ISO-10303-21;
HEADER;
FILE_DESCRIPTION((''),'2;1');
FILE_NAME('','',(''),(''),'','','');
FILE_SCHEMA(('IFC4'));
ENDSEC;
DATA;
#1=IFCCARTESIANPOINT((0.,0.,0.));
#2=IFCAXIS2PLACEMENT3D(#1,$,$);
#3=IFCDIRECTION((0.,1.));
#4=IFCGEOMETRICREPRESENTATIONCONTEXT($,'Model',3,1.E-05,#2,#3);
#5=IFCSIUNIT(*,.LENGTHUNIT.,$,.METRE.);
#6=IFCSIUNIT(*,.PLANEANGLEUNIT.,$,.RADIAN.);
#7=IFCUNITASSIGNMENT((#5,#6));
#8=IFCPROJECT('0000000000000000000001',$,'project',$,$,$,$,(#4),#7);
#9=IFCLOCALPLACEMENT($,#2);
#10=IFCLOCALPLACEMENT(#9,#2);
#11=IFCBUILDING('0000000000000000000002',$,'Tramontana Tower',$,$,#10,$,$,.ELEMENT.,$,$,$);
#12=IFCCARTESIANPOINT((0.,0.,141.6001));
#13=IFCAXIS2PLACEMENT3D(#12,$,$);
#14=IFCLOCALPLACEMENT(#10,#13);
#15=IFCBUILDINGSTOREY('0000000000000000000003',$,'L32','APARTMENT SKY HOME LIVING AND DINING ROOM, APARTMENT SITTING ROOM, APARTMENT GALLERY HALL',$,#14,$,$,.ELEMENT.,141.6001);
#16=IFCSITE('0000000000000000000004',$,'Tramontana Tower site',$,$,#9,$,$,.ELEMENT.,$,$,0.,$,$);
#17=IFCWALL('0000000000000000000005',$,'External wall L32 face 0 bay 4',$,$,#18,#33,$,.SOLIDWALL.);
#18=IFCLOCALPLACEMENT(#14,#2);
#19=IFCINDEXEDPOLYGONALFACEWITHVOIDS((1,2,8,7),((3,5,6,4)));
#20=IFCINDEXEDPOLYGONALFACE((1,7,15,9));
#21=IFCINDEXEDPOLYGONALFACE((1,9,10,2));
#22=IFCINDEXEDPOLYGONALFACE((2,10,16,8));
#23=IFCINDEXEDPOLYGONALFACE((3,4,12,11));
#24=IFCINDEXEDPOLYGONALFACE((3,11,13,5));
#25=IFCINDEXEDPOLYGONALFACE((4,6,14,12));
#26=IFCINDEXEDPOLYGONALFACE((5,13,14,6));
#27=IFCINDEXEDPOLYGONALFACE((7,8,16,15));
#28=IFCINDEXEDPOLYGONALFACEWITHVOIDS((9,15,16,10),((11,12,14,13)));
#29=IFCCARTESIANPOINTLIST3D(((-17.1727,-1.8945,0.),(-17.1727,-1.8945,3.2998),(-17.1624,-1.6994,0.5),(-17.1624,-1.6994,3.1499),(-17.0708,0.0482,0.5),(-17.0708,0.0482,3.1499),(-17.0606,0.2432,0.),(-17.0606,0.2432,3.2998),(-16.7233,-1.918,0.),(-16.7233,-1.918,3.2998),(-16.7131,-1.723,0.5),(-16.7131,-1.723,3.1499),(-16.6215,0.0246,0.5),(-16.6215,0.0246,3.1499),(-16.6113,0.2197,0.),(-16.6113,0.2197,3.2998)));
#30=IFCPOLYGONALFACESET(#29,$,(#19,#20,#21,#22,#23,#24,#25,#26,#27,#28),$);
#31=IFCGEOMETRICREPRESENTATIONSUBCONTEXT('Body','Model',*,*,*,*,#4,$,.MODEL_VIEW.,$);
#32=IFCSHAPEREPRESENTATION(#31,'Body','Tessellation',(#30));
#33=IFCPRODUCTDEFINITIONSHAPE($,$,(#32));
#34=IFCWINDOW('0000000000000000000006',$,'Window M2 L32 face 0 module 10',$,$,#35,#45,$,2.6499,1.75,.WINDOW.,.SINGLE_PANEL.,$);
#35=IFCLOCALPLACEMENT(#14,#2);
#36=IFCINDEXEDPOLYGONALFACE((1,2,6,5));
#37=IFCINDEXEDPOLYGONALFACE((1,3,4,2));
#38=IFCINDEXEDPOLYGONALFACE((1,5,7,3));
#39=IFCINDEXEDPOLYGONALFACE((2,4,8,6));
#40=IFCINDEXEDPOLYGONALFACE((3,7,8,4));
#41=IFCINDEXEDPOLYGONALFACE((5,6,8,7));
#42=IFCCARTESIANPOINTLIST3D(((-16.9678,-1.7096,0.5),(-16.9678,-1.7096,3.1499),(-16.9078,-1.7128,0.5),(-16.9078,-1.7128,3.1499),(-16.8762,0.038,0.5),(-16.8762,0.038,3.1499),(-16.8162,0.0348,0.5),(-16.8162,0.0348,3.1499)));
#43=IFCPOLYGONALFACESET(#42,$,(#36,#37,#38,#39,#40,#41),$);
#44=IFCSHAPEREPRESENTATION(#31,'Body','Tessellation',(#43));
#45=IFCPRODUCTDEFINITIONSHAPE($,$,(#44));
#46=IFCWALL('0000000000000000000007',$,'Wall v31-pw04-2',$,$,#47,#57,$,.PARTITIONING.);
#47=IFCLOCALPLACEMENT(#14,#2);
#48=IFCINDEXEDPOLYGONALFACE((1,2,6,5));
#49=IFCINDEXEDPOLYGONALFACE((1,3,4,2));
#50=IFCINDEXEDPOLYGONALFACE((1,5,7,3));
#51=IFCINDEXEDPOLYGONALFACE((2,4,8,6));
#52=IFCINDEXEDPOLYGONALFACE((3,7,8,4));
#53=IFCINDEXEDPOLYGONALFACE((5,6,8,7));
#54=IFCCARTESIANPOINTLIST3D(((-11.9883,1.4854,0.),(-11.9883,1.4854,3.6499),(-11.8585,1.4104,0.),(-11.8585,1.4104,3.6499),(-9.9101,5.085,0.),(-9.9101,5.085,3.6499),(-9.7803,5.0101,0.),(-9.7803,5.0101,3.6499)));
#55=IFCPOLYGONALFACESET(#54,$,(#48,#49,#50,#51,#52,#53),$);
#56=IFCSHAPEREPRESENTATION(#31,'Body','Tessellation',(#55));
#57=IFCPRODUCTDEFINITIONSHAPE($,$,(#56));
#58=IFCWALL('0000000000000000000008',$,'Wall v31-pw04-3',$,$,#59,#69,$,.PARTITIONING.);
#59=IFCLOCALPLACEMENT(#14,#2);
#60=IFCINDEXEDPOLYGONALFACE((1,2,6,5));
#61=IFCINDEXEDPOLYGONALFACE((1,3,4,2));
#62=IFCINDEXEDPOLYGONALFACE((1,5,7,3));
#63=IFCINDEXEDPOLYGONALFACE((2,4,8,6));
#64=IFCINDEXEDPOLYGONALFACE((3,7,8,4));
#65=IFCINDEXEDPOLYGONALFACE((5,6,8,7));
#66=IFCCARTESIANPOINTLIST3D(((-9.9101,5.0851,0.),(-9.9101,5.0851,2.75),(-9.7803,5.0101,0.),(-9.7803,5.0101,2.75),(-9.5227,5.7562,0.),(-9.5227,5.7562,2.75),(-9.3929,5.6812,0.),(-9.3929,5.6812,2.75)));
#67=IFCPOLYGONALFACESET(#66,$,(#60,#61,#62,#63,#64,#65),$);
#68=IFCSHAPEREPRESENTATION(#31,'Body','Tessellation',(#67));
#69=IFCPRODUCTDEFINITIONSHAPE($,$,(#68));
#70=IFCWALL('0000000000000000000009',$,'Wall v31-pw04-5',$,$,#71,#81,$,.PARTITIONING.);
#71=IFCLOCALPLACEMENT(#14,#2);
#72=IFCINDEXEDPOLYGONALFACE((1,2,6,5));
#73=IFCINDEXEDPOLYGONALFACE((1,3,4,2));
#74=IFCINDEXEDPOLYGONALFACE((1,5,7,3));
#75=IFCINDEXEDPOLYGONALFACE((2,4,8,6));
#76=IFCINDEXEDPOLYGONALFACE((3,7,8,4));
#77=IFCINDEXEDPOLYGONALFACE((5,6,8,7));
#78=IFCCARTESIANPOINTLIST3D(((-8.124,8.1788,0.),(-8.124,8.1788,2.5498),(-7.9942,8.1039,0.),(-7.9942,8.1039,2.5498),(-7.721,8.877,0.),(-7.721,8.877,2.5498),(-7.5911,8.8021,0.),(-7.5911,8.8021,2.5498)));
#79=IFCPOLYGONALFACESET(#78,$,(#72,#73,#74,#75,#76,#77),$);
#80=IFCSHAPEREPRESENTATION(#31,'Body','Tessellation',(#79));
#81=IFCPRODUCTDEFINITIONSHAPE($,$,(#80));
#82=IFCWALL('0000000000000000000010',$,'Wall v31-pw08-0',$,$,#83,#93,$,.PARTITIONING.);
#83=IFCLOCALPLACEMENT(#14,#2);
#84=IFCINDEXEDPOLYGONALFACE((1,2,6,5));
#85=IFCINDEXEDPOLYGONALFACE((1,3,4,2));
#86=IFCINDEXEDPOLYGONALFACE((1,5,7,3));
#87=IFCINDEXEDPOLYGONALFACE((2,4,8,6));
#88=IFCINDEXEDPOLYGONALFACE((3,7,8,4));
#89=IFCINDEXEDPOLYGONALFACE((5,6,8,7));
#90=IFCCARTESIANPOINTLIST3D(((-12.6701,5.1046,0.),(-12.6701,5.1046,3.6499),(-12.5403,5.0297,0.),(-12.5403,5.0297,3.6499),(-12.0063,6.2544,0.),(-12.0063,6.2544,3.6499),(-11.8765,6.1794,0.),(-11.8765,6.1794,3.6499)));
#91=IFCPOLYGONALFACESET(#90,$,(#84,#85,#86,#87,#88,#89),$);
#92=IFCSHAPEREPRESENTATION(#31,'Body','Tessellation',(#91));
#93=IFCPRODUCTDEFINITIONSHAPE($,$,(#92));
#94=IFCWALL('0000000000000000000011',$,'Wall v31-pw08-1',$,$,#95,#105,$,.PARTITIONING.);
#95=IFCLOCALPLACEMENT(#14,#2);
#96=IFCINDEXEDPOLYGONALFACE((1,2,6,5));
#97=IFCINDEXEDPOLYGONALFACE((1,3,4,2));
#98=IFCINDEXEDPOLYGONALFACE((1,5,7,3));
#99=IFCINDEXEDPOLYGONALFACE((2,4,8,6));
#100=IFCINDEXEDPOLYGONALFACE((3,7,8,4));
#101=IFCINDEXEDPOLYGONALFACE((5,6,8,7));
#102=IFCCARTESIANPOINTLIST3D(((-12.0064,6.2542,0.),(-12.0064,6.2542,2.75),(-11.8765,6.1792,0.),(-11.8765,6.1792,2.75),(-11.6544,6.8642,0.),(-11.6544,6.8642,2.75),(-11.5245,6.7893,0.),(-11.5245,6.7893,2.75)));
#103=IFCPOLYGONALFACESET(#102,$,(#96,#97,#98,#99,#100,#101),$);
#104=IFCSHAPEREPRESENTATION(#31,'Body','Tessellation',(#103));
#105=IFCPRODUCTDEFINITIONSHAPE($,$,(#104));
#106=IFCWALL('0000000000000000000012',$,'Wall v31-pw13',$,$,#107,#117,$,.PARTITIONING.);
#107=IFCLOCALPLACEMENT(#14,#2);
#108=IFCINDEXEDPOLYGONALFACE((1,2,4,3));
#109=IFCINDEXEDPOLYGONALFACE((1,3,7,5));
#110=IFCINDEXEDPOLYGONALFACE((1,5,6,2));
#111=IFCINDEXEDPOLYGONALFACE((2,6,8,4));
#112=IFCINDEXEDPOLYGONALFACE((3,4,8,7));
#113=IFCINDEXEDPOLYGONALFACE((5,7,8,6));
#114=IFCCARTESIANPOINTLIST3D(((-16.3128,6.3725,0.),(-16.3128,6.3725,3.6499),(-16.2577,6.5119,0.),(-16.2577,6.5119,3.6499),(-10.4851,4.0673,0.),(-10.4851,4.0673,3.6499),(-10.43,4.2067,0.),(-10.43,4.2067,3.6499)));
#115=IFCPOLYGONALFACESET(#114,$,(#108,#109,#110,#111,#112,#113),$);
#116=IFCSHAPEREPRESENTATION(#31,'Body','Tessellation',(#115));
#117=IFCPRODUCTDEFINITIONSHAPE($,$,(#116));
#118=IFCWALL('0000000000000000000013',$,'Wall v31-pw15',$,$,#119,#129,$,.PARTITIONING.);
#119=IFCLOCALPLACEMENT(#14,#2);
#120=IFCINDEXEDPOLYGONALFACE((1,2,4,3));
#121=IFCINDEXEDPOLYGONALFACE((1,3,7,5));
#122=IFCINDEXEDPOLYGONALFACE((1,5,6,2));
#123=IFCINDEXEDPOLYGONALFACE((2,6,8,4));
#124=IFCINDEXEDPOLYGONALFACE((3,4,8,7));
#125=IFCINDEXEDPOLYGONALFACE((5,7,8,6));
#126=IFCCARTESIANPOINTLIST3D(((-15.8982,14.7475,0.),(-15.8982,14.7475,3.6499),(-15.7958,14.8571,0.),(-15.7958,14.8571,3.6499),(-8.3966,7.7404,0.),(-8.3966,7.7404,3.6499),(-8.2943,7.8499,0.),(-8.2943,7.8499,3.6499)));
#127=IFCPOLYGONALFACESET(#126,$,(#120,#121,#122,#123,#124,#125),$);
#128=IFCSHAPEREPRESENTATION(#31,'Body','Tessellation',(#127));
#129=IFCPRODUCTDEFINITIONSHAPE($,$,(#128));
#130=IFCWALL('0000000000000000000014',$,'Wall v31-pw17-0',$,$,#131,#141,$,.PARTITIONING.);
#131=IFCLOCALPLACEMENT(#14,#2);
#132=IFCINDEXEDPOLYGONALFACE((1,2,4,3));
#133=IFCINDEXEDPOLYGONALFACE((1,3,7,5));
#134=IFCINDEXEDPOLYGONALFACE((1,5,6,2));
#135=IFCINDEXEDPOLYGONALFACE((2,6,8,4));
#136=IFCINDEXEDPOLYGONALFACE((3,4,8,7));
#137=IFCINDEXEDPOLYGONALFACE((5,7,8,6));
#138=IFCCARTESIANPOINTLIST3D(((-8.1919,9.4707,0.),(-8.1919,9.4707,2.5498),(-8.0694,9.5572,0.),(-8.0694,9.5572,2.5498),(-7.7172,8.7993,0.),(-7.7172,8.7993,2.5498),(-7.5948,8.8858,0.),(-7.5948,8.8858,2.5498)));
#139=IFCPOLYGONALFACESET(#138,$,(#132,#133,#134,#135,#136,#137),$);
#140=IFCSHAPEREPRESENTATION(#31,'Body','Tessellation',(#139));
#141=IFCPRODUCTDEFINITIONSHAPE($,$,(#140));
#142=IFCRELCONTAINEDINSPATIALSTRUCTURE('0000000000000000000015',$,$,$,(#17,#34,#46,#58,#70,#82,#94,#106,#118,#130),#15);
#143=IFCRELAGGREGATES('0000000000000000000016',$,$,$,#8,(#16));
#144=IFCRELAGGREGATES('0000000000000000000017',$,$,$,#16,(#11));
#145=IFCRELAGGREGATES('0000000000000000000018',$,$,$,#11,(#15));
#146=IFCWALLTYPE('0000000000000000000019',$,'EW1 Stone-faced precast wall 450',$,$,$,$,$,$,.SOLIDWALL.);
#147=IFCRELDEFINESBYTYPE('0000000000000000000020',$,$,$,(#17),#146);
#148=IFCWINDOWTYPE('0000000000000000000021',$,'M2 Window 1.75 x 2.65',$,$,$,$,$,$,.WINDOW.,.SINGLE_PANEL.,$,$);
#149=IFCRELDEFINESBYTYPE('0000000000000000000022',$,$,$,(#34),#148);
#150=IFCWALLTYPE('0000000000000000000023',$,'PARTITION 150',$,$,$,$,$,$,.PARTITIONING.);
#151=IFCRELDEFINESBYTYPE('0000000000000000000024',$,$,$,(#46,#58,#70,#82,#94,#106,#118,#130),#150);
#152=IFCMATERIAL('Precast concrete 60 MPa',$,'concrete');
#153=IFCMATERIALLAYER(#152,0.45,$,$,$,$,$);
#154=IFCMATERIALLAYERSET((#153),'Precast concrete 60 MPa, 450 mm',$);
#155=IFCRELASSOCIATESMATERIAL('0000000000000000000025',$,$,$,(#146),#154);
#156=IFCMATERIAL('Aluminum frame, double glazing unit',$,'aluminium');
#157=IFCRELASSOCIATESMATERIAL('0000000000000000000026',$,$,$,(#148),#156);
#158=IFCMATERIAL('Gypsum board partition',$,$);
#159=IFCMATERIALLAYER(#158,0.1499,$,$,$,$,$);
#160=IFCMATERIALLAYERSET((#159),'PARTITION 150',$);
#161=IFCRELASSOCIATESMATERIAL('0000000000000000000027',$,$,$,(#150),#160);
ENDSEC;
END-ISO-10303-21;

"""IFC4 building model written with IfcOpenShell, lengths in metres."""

from ifc_helpers import new_model, si_unit, direction, frame, frame_2d, origin, place, context, subcontext, project, spatial, rectangle, extrude, material, layer, layer_set, type_object, element, fill, save


model = new_model("IFC4")

# Units and contexts
model_context = context("Model", 3, precision=1e-05, world=origin(), true_north=direction((0.0, 1.0)))
body_context = subcontext(model_context, "Body", "Model", "MODEL_VIEW")
ifc_project = project(units=[si_unit("LENGTHUNIT", "METRE"), si_unit("PLANEANGLEUNIT", "RADIAN")], contexts=[model_context])

# Site, building, storey
site_placement = place(None, origin())
site = spatial("IfcSite", under=ifc_project, at=site_placement, Name="Tramontana Tower site", CompositionType="ELEMENT", RefElevation=0.0)
building_placement = place(site_placement, origin())
building = spatial("IfcBuilding", under=site, at=building_placement, Name="Tramontana Tower", CompositionType="ELEMENT")
storey_placement = place(building_placement, frame((0.0, 0.0, 141.6001)))
storey = spatial("IfcBuildingStorey", under=building, at=storey_placement, Name="L32", Description="APARTMENT SKY HOME LIVING AND DINING ROOM, APARTMENT SITTING ROOM, APARTMENT GALLERY HALL", CompositionType="ELEMENT", Elevation=141.6001)

# Shared definitions
ifc_material_1 = material(Name="Precast concrete 60 MPa", Category="concrete")
ifc_layer_1 = layer(ifc_material_1, 0.45)
ifc_layer_set_1 = layer_set([ifc_layer_1], Name="Precast concrete 60 MPa, 450 mm")
wall_type_1 = type_object("IfcWallType", Name="EW1 Stone-faced precast wall 450", PredefinedType="SOLIDWALL", material=ifc_layer_set_1)
ifc_material_2 = material(Name="Aluminum frame, double glazing unit", Category="aluminium")
window_type = type_object("IfcWindowType", Name="M2 Window 1.75 x 2.65", PartitioningType="SINGLE_PANEL", PredefinedType="WINDOW", material=ifc_material_2)

# Wall, opening, window
wall_1_placement = place(storey_placement, frame((-16.8359, 0.2314, 0.0), z_axis=(0.0, 0.0, 1.0), x_axis=(-0.052349, -0.998629, 0.0)))
wall_1 = element("IfcWall", 1, at=wall_1_placement, inside=storey, type_object=wall_type_1, Name="External wall L32 face 0 bay 4", PredefinedType="SOLIDWALL", context=body_context, shape_type="SweptSolid", body=[
    extrude(rectangle(XDim=2.1406, YDim=0.45, at=frame_2d((1.0703, 0.0))), origin(), (0.0, 0.0, 1.0), 3.2998),
])
opening_1_placement = place(wall_1_placement, frame((0.1953, 0.0, 0.5)))
opening_1 = element("IfcOpeningElement", 2, at=opening_1_placement, cuts=wall_1, PredefinedType="OPENING", context=body_context, shape_type="SweptSolid", body=[
    extrude(rectangle(XDim=1.75, YDim=2.6499, at=frame_2d((0.875, 1.325))), frame((0.0, 0.2349, 0.0), z_axis=(0.0, -1.0, 0.0), x_axis=(1.0, 0.0, 0.0)), (0.0, 0.0, 1.0), 0.47),
])
window_1_placement = place(opening_1_placement, origin())
window_1 = element("IfcWindow", 3, at=window_1_placement, inside=storey, type_object=window_type, Name="Window M2 L32 face 0 module 10", OverallHeight=2.6499, OverallWidth=1.75, PartitioningType="SINGLE_PANEL", PredefinedType="WINDOW", context=body_context, shape_type="SweptSolid", body=[
    extrude(rectangle(XDim=1.75, YDim=2.6499, at=frame_2d((0.875, 1.325))), frame((0.0, 0.03, 0.0), z_axis=(0.0, -1.0, 0.0), x_axis=(1.0, 0.0, 0.0)), (0.0, 0.0, 1.0), 0.0601),
])
fill(opening_1, window_1)

# Shared definitions
ifc_material_3 = material(Name="Gypsum board partition")
ifc_layer_2 = layer(ifc_material_3, 0.1499)
ifc_layer_set_2 = layer_set([ifc_layer_2], Name="PARTITION 150")
wall_type_2 = type_object("IfcWallType", Name="PARTITION 150", PredefinedType="PARTITIONING", material=ifc_layer_set_2)

# Walls
wall_2_placement = place(storey_placement, frame((-11.9233, 1.448, 0.0), z_axis=(0.0, 0.0, 1.0), x_axis=(0.49998, 0.866037, 0.0)))
element("IfcWall", 4, at=wall_2_placement, inside=storey, type_object=wall_type_2, Name="Wall v31-pw04-2", PredefinedType="PARTITIONING", context=body_context, shape_type="SweptSolid", body=[
    extrude(rectangle(XDim=4.1565, YDim=0.1499, at=frame_2d((2.0781, 0.0))), origin(), (0.0, 0.0, 1.0), 3.6499),
])
wall_3_placement = place(storey_placement, frame((-9.8452, 5.0476, 0.0), z_axis=(0.0, 0.0, 1.0), x_axis=(0.499968, 0.866044, 0.0)))
element("IfcWall", 5, at=wall_3_placement, inside=storey, type_object=wall_type_2, Name="Wall v31-pw04-3", PredefinedType="PARTITIONING", context=body_context, shape_type="SweptSolid", body=[
    extrude(rectangle(XDim=0.7749, YDim=0.1499, at=frame_2d((0.3875, 0.0))), origin(), (0.0, 0.0, 1.0), 2.75),
])

# Walls
wall_4_placement = place(storey_placement, frame((-8.0591, 8.1414, 0.0), z_axis=(0.0, 0.0, 1.0), x_axis=(0.49995, 0.866054, 0.0)))
element("IfcWall", 6, at=wall_4_placement, inside=storey, type_object=wall_type_2, Name="Wall v31-pw04-5", PredefinedType="PARTITIONING", context=body_context, shape_type="SweptSolid", body=[
    extrude(rectangle(XDim=0.8062, YDim=0.1499, at=frame_2d((0.4031, 0.0))), origin(), (0.0, 0.0, 1.0), 2.5498),
])
wall_5_placement = place(storey_placement, frame((-12.6052, 5.0671, 0.0), z_axis=(0.0, 0.0, 1.0), x_axis=(0.500036, 0.866005, 0.0)))
element("IfcWall", 7, at=wall_5_placement, inside=storey, type_object=wall_type_2, Name="Wall v31-pw08-0", PredefinedType="PARTITIONING", context=body_context, shape_type="SweptSolid", body=[
    extrude(rectangle(XDim=1.3276, YDim=0.1499, at=frame_2d((0.6638, 0.0))), origin(), (0.0, 0.0, 1.0), 3.6499),
])
wall_6_placement = place(storey_placement, frame((-11.9414, 6.2168, 0.0), z_axis=(0.0, 0.0, 1.0), x_axis=(0.499792, 0.866145, 0.0)))
element("IfcWall", 8, at=wall_6_placement, inside=storey, type_object=wall_type_2, Name="Wall v31-pw08-1", PredefinedType="PARTITIONING", context=body_context, shape_type="SweptSolid", body=[
    extrude(rectangle(XDim=0.7043, YDim=0.1499, at=frame_2d((0.3521, 0.0))), origin(), (0.0, 0.0, 1.0), 2.75),
])

# Walls
wall_7_placement = place(storey_placement, frame((-10.4575, 4.137, 0.0), z_axis=(0.0, 0.0, 1.0), x_axis=(-0.929894, 0.367828, 0.0)))
element("IfcWall", 9, at=wall_7_placement, inside=storey, type_object=wall_type_2, Name="Wall v31-pw13", PredefinedType="PARTITIONING", context=body_context, shape_type="SweptSolid", body=[
    extrude(rectangle(XDim=6.2671, YDim=0.1499, at=frame_2d((3.1335, 0.0))), origin(), (0.0, 0.0, 1.0), 3.6499),
])
wall_8_placement = place(storey_placement, frame((-8.3455, 7.7952, 0.0), z_axis=(0.0, 0.0, 1.0), x_axis=(-0.730778, 0.682616, 0.0)))
element("IfcWall", 10, at=wall_8_placement, inside=storey, type_object=wall_type_2, Name="Wall v31-pw15", PredefinedType="PARTITIONING", context=body_context, shape_type="SweptSolid", body=[
    extrude(rectangle(XDim=10.2651, YDim=0.1499, at=frame_2d((5.1326, 0.0))), origin(), (0.0, 0.0, 1.0), 3.6499),
])
wall_9_placement = place(storey_placement, frame((-7.656, 8.8425, 0.0), z_axis=(0.0, 0.0, 1.0), x_axis=(-0.577243, 0.816573, 0.0)))
element("IfcWall", 11, at=wall_9_placement, inside=storey, type_object=wall_type_2, Name="Wall v31-pw17-0", PredefinedType="PARTITIONING", context=body_context, shape_type="SweptSolid", body=[
    extrude(rectangle(XDim=0.8223, YDim=0.1499, at=frame_2d((0.4111, 0.0))), origin(), (0.0, 0.0, 1.0), 2.5498),
])

save(model, "model.ifc")
